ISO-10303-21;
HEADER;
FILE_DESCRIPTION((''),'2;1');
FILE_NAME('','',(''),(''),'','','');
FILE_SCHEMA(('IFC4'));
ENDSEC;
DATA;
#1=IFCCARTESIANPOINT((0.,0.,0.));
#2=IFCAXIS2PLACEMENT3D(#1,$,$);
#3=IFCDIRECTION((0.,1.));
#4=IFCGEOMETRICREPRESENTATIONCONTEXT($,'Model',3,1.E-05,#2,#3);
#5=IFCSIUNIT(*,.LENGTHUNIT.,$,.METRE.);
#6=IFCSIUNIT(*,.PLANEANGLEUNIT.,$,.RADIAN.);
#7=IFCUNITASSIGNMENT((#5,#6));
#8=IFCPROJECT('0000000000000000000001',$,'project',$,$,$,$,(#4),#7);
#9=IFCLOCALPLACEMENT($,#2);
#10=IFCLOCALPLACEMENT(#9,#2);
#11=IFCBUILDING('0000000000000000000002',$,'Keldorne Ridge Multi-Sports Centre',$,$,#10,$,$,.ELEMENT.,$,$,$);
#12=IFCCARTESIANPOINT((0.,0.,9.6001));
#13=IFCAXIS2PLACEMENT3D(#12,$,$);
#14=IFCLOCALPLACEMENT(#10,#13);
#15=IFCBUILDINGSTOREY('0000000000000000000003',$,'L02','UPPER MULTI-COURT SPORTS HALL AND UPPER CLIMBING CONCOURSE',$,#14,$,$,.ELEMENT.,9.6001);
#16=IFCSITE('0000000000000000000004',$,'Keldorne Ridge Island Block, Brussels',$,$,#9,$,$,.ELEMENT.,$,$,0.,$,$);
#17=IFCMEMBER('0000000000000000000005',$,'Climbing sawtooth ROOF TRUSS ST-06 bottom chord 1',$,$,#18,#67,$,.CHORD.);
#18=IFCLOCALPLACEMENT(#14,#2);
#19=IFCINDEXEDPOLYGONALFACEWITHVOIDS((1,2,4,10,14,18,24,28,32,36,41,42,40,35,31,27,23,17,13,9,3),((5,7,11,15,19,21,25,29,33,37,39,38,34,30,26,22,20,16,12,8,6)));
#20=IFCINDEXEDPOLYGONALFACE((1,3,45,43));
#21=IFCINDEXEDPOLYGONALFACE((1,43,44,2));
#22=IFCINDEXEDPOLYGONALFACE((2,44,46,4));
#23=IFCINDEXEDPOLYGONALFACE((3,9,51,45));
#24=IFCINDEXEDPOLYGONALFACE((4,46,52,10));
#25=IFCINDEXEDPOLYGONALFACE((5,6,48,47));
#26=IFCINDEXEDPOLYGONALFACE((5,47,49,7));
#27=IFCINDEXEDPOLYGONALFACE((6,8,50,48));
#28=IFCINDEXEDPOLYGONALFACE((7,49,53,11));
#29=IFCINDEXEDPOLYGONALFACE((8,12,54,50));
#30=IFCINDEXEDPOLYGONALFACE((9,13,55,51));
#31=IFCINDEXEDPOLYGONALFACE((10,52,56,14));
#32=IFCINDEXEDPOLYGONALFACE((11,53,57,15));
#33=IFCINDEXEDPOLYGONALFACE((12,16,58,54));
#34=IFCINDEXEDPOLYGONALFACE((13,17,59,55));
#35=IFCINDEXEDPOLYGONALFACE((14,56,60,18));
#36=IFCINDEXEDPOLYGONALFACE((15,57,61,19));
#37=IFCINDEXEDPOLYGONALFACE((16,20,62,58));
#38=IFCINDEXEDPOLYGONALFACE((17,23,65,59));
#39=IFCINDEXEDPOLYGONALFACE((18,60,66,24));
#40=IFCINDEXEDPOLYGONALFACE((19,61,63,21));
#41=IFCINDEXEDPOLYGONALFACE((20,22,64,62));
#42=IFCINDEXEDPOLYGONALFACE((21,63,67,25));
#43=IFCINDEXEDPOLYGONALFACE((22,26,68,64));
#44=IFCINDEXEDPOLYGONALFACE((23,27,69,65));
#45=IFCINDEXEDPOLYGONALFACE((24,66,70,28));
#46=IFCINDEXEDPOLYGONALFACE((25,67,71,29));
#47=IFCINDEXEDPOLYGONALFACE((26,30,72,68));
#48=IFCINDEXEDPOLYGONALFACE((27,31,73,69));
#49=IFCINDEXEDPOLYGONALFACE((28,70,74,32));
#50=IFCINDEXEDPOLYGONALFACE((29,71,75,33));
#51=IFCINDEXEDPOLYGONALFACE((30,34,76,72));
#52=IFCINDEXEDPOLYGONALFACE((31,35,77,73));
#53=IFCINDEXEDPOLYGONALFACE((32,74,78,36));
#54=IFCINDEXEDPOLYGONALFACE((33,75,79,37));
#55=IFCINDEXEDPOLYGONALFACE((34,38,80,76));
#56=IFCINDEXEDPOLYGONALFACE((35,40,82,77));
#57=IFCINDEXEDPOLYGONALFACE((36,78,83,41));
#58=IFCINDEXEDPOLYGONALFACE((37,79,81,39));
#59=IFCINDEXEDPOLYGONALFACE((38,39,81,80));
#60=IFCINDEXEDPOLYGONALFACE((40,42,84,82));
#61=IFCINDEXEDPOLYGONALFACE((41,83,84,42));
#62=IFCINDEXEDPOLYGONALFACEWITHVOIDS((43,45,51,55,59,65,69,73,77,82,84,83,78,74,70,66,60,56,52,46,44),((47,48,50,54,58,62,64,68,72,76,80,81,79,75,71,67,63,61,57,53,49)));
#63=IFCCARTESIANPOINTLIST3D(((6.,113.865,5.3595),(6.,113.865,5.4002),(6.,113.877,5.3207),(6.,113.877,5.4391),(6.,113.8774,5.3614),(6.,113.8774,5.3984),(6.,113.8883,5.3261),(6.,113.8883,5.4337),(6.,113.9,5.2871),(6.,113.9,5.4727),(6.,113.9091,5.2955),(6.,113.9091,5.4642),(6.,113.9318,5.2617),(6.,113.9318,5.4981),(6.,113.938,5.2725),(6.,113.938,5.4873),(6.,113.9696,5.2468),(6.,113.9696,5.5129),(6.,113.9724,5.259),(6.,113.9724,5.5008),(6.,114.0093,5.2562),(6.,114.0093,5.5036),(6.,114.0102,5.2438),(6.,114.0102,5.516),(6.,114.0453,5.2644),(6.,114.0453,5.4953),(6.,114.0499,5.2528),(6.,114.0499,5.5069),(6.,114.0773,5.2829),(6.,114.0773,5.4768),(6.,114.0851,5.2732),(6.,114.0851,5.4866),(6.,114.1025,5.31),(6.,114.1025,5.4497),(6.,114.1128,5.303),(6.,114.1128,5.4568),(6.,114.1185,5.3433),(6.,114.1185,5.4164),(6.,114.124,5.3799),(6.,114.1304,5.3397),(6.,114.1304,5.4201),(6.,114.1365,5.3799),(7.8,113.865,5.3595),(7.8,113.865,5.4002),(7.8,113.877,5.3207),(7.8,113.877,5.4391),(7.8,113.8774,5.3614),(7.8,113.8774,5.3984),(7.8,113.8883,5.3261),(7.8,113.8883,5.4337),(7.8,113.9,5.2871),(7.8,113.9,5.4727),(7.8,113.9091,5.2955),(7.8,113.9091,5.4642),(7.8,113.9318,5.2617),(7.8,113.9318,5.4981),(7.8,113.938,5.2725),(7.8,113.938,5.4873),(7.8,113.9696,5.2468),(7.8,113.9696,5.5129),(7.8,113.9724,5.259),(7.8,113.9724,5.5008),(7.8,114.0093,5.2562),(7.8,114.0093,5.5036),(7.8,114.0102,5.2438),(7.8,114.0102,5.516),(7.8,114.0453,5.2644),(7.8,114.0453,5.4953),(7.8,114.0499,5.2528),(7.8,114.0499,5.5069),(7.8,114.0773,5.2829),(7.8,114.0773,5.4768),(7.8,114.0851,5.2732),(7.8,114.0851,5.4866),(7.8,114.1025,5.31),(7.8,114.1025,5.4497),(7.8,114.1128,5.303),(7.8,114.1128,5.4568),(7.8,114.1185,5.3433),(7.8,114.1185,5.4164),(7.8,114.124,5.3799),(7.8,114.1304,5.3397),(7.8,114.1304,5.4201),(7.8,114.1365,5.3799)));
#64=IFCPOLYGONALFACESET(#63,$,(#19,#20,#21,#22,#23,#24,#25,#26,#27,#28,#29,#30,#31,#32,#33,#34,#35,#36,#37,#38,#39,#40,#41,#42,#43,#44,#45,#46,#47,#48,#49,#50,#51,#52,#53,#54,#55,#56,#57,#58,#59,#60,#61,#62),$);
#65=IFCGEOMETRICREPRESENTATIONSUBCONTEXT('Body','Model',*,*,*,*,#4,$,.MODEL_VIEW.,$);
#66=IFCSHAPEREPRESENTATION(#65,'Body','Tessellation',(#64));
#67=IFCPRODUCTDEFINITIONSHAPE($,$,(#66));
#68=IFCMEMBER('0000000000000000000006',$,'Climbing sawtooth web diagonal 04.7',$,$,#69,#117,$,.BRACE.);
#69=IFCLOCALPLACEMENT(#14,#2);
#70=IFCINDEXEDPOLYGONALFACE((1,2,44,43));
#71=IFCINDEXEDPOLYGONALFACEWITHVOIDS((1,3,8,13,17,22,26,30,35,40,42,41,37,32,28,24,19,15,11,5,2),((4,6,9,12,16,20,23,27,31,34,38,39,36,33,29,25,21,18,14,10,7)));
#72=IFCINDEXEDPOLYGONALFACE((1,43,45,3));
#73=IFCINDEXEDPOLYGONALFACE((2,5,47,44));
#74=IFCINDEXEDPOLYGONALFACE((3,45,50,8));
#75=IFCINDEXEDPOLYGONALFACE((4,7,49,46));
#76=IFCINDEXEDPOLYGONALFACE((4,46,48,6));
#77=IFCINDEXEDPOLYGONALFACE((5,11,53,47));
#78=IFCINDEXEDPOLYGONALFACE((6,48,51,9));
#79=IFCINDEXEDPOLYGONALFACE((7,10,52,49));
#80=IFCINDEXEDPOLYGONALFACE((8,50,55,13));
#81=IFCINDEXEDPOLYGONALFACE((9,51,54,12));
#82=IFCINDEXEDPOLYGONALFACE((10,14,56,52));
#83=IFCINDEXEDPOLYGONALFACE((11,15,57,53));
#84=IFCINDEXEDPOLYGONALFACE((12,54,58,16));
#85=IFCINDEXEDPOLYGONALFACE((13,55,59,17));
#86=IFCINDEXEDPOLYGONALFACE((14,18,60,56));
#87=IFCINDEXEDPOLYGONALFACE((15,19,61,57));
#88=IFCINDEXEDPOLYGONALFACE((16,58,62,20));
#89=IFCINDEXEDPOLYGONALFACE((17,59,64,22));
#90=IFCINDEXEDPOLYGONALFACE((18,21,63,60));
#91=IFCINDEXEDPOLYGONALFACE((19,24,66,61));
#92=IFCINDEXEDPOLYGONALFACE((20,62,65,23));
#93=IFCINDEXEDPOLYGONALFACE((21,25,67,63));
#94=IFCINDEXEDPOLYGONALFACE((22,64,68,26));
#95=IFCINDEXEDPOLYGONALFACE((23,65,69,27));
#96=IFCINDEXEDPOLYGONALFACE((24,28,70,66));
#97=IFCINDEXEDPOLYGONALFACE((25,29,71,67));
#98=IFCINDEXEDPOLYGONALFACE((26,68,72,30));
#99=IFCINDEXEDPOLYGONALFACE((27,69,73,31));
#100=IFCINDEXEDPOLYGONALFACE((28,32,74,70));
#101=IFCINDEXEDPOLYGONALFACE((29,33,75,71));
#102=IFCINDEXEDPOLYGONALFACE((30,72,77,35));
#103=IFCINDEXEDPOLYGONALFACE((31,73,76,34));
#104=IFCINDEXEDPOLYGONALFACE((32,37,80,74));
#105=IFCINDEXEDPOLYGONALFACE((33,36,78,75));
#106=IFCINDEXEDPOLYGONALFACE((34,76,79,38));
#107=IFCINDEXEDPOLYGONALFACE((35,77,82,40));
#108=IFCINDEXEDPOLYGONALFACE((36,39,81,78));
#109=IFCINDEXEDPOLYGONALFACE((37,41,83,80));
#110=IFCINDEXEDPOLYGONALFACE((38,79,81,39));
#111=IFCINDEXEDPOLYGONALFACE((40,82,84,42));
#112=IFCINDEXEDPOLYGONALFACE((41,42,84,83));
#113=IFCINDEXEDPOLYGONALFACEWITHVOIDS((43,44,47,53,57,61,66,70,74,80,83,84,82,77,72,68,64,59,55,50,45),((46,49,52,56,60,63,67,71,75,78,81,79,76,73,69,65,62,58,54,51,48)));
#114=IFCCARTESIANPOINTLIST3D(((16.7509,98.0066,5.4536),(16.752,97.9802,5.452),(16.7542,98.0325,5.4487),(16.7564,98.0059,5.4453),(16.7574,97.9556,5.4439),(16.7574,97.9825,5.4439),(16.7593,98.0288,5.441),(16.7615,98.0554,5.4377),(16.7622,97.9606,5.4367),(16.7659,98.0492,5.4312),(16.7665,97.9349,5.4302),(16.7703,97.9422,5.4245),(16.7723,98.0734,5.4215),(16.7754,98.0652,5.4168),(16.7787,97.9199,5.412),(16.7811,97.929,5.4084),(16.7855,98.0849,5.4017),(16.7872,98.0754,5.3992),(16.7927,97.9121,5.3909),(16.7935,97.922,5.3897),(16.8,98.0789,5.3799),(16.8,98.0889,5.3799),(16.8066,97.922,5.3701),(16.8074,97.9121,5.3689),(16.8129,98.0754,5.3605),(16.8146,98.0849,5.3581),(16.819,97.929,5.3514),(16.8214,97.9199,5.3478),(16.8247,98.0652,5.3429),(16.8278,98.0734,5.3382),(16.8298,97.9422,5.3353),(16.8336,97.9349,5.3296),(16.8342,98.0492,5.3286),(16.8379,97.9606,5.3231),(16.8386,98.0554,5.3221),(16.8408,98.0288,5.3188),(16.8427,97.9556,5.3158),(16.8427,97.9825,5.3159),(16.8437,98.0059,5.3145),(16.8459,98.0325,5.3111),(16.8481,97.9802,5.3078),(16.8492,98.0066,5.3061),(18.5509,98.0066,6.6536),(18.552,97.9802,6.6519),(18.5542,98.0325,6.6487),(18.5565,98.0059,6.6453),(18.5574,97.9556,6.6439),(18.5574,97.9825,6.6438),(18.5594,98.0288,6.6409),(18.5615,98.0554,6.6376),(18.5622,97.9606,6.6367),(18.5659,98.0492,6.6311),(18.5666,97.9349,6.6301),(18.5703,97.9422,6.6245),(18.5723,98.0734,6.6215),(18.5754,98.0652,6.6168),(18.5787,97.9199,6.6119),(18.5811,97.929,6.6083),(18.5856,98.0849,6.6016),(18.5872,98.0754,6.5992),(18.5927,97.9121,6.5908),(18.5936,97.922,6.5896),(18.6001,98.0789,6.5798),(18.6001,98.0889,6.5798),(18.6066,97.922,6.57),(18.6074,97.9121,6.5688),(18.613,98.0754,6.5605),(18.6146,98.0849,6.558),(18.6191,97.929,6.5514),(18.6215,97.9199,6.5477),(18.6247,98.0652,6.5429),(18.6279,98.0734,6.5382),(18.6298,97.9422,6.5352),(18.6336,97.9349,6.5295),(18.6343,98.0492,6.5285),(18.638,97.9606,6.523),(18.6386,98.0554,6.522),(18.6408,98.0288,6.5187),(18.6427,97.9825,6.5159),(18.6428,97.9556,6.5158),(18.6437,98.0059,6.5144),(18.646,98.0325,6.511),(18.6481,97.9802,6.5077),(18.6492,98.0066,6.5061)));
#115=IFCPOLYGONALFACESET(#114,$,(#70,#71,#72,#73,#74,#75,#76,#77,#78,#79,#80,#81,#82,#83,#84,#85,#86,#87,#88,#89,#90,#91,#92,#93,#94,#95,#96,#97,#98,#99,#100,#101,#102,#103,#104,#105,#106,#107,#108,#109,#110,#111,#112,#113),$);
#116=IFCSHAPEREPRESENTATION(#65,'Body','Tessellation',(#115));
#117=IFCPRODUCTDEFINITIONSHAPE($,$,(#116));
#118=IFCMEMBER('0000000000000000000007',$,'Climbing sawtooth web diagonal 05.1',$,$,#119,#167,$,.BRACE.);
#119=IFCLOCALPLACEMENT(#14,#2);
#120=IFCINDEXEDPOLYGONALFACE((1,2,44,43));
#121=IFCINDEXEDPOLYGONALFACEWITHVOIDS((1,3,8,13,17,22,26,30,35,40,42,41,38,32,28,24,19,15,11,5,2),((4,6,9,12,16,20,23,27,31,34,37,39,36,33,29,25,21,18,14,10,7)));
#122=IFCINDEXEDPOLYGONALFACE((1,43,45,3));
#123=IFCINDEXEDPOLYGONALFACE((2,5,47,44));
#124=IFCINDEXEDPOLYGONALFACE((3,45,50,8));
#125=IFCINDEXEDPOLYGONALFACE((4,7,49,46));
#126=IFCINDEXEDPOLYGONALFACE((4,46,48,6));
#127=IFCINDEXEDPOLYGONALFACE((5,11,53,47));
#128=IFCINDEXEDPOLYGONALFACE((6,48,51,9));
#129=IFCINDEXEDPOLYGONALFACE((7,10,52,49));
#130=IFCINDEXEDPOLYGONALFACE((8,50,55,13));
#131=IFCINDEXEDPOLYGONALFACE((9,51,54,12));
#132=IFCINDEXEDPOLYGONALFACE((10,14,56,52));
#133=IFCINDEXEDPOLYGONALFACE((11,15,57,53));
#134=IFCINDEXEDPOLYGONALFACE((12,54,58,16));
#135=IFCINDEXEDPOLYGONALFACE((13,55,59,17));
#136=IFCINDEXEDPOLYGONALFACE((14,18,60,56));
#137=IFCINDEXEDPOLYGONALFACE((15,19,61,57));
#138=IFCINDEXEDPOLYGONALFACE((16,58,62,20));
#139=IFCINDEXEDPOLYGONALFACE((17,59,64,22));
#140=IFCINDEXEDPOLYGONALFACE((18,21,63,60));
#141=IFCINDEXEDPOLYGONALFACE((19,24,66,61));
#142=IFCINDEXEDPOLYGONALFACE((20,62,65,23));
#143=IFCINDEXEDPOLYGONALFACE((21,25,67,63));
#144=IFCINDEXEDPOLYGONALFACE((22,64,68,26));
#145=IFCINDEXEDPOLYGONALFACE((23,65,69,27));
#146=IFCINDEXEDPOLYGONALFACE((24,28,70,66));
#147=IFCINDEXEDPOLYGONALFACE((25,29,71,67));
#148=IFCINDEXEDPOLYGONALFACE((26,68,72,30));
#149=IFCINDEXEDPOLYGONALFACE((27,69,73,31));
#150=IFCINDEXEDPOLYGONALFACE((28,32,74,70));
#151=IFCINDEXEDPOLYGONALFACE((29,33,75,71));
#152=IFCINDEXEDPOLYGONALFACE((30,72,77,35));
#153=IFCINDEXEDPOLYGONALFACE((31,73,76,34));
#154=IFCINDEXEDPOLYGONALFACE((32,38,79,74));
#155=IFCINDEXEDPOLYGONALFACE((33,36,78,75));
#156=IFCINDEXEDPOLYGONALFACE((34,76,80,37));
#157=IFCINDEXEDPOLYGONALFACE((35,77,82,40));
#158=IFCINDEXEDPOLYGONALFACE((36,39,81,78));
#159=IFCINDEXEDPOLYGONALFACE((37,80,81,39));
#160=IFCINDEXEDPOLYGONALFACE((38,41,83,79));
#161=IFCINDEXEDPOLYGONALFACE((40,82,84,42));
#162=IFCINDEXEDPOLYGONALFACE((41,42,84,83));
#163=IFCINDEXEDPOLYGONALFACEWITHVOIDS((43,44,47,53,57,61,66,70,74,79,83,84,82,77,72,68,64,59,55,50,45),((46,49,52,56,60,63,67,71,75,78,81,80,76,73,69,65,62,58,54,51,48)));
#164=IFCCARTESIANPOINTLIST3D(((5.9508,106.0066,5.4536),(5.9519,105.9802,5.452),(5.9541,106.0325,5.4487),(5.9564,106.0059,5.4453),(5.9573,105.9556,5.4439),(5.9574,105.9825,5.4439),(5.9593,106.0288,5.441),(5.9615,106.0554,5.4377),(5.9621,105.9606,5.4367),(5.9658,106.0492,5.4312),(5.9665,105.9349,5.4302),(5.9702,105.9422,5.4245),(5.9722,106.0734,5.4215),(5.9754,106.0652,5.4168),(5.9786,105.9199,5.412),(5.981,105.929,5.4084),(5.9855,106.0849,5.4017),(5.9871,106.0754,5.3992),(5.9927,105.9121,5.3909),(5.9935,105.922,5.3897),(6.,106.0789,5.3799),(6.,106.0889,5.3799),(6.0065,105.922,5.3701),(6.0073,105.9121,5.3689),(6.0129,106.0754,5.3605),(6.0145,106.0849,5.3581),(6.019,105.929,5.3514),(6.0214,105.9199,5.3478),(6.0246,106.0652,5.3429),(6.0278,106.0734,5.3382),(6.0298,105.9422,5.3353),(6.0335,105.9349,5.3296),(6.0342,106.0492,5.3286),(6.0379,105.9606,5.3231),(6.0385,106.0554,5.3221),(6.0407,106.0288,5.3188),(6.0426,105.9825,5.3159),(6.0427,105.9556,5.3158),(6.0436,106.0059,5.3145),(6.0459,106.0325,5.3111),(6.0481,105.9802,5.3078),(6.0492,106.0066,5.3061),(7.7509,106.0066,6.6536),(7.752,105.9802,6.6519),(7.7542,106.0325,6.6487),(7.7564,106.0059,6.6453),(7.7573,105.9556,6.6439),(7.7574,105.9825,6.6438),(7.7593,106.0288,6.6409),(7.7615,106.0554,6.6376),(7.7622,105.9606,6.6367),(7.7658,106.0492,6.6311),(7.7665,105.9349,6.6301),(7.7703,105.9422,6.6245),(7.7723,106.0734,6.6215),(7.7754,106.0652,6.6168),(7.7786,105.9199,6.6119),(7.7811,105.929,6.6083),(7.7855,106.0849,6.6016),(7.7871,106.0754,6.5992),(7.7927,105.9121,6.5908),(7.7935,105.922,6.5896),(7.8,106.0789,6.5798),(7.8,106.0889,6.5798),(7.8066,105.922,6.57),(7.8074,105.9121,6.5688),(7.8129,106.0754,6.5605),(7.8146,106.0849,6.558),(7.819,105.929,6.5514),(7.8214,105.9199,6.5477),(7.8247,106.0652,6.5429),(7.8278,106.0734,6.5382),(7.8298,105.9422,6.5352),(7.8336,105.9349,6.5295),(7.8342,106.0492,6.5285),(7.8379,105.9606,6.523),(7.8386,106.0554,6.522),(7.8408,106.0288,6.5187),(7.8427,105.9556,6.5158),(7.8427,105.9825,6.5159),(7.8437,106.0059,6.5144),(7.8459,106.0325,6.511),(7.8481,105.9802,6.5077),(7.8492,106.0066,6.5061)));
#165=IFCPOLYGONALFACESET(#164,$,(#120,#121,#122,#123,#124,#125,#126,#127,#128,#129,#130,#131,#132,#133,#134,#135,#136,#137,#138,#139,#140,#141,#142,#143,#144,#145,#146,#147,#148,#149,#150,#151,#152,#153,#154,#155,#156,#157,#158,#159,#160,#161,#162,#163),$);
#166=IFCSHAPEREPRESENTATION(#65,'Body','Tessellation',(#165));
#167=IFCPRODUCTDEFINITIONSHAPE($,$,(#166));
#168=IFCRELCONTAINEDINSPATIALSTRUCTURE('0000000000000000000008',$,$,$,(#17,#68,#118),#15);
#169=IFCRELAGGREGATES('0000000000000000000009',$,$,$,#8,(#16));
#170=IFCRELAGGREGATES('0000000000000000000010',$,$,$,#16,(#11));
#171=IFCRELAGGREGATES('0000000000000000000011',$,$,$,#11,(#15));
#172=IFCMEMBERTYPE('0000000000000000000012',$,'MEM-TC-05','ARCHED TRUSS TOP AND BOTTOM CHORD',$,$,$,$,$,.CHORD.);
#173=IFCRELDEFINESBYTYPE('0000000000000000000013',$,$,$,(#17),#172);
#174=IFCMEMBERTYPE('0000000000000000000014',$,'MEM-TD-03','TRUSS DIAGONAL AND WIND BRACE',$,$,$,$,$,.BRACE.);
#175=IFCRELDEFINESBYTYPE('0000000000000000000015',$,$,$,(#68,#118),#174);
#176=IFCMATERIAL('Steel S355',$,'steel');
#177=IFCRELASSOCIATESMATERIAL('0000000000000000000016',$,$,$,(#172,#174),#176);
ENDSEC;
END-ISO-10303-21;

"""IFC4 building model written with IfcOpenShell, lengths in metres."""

from ifc_helpers import new_model, si_unit, direction, frame, origin, origin_2d, place, context, subcontext, project, spatial, hollow_circle, extrude, material, material_profile, profile_set, type_object, element, save


model = new_model("IFC4")

# Units and contexts
model_context = context("Model", 3, precision=1e-05, world=origin(), true_north=direction((0.0, 1.0)))
body_context = subcontext(model_context, "Body", "Model", "MODEL_VIEW")
ifc_project = project(units=[si_unit("LENGTHUNIT", "METRE"), si_unit("PLANEANGLEUNIT", "RADIAN")], contexts=[model_context])

# Site, building, storey
site_placement = place(None, origin())
site = spatial("IfcSite", under=ifc_project, at=site_placement, Name="Keldorne Ridge Island Block, Brussels", CompositionType="ELEMENT", RefElevation=0.0)
building_placement = place(site_placement, origin())
building = spatial("IfcBuilding", under=site, at=building_placement, Name="Keldorne Ridge Multi-Sports Centre", CompositionType="ELEMENT")
storey_placement = place(building_placement, frame((0.0, 0.0, 9.6001)))
storey = spatial("IfcBuildingStorey", under=building, at=storey_placement, Name="L02", Description="UPPER MULTI-COURT SPORTS HALL AND UPPER CLIMBING CONCOURSE", CompositionType="ELEMENT", Elevation=9.6001)

# Shared definitions
ifc_material_1 = material(Name="Steel S355", Category="steel")

# Members
ifc_material_profile_1 = material_profile(ifc_material_1, hollow_circle(Radius=0.1365, WallThickness=0.0125, at=origin_2d()), Name="CHS 273x12.5")
ifc_profile_set_1 = profile_set([ifc_material_profile_1], Name="Steel S355")
member_type_1 = type_object("IfcMemberType", Name="MEM-TC-05", Description="ARCHED TRUSS TOP AND BOTTOM CHORD", PredefinedType="CHORD", material=ifc_profile_set_1)
for number, where, z_axis, x_axis, name in (
    (1, (6.0, 114.0, 5.3799), (1.0, 0.0, 0.0), (0.0, 1.0, 0.0), "Climbing sawtooth ROOF TRUSS ST-06 bottom chord 1"),
):
    element("IfcMember", number, at=place(storey_placement, frame(where, z_axis=z_axis, x_axis=x_axis)), inside=storey, type_object=member_type_1, Name=name, PredefinedType="CHORD", context=body_context, shape_type="SweptSolid", body=[
        extrude(hollow_circle(Radius=0.1365, WallThickness=0.0125, at=origin_2d()), origin(), (0.0, 0.0, 1.0), 1.8),
    ])
ifc_material_profile_2 = material_profile(ifc_material_1, hollow_circle(Radius=0.0889, WallThickness=0.01, at=origin_2d()), Name="CHS 177.8x10")
ifc_profile_set_2 = profile_set([ifc_material_profile_2], Name="Steel S355")
member_type_2 = type_object("IfcMemberType", Name="MEM-TD-03", Description="TRUSS DIAGONAL AND WIND BRACE", PredefinedType="BRACE", material=ifc_profile_set_2)
for number, where, z_axis, x_axis, name in (
    (2, (16.8, 98.0, 5.3799), (0.832068, 0.0, 0.554674), (0.0, 1.0, 0.0), "Climbing sawtooth web diagonal 04.7"),
    (3, (6.0, 106.0, 5.3799), (0.832068, 0.0, 0.554674), (0.0, 1.0, 0.0), "Climbing sawtooth web diagonal 05.1"),
):
    element("IfcMember", number, at=place(storey_placement, frame(where, z_axis=z_axis, x_axis=x_axis)), inside=storey, type_object=member_type_2, Name=name, PredefinedType="BRACE", context=body_context, shape_type="SweptSolid", body=[
        extrude(hollow_circle(Radius=0.0889, WallThickness=0.01, at=origin_2d()), origin(), (0.0, 0.0, 1.0), 2.1633),
    ])

save(model, "model.ifc")
